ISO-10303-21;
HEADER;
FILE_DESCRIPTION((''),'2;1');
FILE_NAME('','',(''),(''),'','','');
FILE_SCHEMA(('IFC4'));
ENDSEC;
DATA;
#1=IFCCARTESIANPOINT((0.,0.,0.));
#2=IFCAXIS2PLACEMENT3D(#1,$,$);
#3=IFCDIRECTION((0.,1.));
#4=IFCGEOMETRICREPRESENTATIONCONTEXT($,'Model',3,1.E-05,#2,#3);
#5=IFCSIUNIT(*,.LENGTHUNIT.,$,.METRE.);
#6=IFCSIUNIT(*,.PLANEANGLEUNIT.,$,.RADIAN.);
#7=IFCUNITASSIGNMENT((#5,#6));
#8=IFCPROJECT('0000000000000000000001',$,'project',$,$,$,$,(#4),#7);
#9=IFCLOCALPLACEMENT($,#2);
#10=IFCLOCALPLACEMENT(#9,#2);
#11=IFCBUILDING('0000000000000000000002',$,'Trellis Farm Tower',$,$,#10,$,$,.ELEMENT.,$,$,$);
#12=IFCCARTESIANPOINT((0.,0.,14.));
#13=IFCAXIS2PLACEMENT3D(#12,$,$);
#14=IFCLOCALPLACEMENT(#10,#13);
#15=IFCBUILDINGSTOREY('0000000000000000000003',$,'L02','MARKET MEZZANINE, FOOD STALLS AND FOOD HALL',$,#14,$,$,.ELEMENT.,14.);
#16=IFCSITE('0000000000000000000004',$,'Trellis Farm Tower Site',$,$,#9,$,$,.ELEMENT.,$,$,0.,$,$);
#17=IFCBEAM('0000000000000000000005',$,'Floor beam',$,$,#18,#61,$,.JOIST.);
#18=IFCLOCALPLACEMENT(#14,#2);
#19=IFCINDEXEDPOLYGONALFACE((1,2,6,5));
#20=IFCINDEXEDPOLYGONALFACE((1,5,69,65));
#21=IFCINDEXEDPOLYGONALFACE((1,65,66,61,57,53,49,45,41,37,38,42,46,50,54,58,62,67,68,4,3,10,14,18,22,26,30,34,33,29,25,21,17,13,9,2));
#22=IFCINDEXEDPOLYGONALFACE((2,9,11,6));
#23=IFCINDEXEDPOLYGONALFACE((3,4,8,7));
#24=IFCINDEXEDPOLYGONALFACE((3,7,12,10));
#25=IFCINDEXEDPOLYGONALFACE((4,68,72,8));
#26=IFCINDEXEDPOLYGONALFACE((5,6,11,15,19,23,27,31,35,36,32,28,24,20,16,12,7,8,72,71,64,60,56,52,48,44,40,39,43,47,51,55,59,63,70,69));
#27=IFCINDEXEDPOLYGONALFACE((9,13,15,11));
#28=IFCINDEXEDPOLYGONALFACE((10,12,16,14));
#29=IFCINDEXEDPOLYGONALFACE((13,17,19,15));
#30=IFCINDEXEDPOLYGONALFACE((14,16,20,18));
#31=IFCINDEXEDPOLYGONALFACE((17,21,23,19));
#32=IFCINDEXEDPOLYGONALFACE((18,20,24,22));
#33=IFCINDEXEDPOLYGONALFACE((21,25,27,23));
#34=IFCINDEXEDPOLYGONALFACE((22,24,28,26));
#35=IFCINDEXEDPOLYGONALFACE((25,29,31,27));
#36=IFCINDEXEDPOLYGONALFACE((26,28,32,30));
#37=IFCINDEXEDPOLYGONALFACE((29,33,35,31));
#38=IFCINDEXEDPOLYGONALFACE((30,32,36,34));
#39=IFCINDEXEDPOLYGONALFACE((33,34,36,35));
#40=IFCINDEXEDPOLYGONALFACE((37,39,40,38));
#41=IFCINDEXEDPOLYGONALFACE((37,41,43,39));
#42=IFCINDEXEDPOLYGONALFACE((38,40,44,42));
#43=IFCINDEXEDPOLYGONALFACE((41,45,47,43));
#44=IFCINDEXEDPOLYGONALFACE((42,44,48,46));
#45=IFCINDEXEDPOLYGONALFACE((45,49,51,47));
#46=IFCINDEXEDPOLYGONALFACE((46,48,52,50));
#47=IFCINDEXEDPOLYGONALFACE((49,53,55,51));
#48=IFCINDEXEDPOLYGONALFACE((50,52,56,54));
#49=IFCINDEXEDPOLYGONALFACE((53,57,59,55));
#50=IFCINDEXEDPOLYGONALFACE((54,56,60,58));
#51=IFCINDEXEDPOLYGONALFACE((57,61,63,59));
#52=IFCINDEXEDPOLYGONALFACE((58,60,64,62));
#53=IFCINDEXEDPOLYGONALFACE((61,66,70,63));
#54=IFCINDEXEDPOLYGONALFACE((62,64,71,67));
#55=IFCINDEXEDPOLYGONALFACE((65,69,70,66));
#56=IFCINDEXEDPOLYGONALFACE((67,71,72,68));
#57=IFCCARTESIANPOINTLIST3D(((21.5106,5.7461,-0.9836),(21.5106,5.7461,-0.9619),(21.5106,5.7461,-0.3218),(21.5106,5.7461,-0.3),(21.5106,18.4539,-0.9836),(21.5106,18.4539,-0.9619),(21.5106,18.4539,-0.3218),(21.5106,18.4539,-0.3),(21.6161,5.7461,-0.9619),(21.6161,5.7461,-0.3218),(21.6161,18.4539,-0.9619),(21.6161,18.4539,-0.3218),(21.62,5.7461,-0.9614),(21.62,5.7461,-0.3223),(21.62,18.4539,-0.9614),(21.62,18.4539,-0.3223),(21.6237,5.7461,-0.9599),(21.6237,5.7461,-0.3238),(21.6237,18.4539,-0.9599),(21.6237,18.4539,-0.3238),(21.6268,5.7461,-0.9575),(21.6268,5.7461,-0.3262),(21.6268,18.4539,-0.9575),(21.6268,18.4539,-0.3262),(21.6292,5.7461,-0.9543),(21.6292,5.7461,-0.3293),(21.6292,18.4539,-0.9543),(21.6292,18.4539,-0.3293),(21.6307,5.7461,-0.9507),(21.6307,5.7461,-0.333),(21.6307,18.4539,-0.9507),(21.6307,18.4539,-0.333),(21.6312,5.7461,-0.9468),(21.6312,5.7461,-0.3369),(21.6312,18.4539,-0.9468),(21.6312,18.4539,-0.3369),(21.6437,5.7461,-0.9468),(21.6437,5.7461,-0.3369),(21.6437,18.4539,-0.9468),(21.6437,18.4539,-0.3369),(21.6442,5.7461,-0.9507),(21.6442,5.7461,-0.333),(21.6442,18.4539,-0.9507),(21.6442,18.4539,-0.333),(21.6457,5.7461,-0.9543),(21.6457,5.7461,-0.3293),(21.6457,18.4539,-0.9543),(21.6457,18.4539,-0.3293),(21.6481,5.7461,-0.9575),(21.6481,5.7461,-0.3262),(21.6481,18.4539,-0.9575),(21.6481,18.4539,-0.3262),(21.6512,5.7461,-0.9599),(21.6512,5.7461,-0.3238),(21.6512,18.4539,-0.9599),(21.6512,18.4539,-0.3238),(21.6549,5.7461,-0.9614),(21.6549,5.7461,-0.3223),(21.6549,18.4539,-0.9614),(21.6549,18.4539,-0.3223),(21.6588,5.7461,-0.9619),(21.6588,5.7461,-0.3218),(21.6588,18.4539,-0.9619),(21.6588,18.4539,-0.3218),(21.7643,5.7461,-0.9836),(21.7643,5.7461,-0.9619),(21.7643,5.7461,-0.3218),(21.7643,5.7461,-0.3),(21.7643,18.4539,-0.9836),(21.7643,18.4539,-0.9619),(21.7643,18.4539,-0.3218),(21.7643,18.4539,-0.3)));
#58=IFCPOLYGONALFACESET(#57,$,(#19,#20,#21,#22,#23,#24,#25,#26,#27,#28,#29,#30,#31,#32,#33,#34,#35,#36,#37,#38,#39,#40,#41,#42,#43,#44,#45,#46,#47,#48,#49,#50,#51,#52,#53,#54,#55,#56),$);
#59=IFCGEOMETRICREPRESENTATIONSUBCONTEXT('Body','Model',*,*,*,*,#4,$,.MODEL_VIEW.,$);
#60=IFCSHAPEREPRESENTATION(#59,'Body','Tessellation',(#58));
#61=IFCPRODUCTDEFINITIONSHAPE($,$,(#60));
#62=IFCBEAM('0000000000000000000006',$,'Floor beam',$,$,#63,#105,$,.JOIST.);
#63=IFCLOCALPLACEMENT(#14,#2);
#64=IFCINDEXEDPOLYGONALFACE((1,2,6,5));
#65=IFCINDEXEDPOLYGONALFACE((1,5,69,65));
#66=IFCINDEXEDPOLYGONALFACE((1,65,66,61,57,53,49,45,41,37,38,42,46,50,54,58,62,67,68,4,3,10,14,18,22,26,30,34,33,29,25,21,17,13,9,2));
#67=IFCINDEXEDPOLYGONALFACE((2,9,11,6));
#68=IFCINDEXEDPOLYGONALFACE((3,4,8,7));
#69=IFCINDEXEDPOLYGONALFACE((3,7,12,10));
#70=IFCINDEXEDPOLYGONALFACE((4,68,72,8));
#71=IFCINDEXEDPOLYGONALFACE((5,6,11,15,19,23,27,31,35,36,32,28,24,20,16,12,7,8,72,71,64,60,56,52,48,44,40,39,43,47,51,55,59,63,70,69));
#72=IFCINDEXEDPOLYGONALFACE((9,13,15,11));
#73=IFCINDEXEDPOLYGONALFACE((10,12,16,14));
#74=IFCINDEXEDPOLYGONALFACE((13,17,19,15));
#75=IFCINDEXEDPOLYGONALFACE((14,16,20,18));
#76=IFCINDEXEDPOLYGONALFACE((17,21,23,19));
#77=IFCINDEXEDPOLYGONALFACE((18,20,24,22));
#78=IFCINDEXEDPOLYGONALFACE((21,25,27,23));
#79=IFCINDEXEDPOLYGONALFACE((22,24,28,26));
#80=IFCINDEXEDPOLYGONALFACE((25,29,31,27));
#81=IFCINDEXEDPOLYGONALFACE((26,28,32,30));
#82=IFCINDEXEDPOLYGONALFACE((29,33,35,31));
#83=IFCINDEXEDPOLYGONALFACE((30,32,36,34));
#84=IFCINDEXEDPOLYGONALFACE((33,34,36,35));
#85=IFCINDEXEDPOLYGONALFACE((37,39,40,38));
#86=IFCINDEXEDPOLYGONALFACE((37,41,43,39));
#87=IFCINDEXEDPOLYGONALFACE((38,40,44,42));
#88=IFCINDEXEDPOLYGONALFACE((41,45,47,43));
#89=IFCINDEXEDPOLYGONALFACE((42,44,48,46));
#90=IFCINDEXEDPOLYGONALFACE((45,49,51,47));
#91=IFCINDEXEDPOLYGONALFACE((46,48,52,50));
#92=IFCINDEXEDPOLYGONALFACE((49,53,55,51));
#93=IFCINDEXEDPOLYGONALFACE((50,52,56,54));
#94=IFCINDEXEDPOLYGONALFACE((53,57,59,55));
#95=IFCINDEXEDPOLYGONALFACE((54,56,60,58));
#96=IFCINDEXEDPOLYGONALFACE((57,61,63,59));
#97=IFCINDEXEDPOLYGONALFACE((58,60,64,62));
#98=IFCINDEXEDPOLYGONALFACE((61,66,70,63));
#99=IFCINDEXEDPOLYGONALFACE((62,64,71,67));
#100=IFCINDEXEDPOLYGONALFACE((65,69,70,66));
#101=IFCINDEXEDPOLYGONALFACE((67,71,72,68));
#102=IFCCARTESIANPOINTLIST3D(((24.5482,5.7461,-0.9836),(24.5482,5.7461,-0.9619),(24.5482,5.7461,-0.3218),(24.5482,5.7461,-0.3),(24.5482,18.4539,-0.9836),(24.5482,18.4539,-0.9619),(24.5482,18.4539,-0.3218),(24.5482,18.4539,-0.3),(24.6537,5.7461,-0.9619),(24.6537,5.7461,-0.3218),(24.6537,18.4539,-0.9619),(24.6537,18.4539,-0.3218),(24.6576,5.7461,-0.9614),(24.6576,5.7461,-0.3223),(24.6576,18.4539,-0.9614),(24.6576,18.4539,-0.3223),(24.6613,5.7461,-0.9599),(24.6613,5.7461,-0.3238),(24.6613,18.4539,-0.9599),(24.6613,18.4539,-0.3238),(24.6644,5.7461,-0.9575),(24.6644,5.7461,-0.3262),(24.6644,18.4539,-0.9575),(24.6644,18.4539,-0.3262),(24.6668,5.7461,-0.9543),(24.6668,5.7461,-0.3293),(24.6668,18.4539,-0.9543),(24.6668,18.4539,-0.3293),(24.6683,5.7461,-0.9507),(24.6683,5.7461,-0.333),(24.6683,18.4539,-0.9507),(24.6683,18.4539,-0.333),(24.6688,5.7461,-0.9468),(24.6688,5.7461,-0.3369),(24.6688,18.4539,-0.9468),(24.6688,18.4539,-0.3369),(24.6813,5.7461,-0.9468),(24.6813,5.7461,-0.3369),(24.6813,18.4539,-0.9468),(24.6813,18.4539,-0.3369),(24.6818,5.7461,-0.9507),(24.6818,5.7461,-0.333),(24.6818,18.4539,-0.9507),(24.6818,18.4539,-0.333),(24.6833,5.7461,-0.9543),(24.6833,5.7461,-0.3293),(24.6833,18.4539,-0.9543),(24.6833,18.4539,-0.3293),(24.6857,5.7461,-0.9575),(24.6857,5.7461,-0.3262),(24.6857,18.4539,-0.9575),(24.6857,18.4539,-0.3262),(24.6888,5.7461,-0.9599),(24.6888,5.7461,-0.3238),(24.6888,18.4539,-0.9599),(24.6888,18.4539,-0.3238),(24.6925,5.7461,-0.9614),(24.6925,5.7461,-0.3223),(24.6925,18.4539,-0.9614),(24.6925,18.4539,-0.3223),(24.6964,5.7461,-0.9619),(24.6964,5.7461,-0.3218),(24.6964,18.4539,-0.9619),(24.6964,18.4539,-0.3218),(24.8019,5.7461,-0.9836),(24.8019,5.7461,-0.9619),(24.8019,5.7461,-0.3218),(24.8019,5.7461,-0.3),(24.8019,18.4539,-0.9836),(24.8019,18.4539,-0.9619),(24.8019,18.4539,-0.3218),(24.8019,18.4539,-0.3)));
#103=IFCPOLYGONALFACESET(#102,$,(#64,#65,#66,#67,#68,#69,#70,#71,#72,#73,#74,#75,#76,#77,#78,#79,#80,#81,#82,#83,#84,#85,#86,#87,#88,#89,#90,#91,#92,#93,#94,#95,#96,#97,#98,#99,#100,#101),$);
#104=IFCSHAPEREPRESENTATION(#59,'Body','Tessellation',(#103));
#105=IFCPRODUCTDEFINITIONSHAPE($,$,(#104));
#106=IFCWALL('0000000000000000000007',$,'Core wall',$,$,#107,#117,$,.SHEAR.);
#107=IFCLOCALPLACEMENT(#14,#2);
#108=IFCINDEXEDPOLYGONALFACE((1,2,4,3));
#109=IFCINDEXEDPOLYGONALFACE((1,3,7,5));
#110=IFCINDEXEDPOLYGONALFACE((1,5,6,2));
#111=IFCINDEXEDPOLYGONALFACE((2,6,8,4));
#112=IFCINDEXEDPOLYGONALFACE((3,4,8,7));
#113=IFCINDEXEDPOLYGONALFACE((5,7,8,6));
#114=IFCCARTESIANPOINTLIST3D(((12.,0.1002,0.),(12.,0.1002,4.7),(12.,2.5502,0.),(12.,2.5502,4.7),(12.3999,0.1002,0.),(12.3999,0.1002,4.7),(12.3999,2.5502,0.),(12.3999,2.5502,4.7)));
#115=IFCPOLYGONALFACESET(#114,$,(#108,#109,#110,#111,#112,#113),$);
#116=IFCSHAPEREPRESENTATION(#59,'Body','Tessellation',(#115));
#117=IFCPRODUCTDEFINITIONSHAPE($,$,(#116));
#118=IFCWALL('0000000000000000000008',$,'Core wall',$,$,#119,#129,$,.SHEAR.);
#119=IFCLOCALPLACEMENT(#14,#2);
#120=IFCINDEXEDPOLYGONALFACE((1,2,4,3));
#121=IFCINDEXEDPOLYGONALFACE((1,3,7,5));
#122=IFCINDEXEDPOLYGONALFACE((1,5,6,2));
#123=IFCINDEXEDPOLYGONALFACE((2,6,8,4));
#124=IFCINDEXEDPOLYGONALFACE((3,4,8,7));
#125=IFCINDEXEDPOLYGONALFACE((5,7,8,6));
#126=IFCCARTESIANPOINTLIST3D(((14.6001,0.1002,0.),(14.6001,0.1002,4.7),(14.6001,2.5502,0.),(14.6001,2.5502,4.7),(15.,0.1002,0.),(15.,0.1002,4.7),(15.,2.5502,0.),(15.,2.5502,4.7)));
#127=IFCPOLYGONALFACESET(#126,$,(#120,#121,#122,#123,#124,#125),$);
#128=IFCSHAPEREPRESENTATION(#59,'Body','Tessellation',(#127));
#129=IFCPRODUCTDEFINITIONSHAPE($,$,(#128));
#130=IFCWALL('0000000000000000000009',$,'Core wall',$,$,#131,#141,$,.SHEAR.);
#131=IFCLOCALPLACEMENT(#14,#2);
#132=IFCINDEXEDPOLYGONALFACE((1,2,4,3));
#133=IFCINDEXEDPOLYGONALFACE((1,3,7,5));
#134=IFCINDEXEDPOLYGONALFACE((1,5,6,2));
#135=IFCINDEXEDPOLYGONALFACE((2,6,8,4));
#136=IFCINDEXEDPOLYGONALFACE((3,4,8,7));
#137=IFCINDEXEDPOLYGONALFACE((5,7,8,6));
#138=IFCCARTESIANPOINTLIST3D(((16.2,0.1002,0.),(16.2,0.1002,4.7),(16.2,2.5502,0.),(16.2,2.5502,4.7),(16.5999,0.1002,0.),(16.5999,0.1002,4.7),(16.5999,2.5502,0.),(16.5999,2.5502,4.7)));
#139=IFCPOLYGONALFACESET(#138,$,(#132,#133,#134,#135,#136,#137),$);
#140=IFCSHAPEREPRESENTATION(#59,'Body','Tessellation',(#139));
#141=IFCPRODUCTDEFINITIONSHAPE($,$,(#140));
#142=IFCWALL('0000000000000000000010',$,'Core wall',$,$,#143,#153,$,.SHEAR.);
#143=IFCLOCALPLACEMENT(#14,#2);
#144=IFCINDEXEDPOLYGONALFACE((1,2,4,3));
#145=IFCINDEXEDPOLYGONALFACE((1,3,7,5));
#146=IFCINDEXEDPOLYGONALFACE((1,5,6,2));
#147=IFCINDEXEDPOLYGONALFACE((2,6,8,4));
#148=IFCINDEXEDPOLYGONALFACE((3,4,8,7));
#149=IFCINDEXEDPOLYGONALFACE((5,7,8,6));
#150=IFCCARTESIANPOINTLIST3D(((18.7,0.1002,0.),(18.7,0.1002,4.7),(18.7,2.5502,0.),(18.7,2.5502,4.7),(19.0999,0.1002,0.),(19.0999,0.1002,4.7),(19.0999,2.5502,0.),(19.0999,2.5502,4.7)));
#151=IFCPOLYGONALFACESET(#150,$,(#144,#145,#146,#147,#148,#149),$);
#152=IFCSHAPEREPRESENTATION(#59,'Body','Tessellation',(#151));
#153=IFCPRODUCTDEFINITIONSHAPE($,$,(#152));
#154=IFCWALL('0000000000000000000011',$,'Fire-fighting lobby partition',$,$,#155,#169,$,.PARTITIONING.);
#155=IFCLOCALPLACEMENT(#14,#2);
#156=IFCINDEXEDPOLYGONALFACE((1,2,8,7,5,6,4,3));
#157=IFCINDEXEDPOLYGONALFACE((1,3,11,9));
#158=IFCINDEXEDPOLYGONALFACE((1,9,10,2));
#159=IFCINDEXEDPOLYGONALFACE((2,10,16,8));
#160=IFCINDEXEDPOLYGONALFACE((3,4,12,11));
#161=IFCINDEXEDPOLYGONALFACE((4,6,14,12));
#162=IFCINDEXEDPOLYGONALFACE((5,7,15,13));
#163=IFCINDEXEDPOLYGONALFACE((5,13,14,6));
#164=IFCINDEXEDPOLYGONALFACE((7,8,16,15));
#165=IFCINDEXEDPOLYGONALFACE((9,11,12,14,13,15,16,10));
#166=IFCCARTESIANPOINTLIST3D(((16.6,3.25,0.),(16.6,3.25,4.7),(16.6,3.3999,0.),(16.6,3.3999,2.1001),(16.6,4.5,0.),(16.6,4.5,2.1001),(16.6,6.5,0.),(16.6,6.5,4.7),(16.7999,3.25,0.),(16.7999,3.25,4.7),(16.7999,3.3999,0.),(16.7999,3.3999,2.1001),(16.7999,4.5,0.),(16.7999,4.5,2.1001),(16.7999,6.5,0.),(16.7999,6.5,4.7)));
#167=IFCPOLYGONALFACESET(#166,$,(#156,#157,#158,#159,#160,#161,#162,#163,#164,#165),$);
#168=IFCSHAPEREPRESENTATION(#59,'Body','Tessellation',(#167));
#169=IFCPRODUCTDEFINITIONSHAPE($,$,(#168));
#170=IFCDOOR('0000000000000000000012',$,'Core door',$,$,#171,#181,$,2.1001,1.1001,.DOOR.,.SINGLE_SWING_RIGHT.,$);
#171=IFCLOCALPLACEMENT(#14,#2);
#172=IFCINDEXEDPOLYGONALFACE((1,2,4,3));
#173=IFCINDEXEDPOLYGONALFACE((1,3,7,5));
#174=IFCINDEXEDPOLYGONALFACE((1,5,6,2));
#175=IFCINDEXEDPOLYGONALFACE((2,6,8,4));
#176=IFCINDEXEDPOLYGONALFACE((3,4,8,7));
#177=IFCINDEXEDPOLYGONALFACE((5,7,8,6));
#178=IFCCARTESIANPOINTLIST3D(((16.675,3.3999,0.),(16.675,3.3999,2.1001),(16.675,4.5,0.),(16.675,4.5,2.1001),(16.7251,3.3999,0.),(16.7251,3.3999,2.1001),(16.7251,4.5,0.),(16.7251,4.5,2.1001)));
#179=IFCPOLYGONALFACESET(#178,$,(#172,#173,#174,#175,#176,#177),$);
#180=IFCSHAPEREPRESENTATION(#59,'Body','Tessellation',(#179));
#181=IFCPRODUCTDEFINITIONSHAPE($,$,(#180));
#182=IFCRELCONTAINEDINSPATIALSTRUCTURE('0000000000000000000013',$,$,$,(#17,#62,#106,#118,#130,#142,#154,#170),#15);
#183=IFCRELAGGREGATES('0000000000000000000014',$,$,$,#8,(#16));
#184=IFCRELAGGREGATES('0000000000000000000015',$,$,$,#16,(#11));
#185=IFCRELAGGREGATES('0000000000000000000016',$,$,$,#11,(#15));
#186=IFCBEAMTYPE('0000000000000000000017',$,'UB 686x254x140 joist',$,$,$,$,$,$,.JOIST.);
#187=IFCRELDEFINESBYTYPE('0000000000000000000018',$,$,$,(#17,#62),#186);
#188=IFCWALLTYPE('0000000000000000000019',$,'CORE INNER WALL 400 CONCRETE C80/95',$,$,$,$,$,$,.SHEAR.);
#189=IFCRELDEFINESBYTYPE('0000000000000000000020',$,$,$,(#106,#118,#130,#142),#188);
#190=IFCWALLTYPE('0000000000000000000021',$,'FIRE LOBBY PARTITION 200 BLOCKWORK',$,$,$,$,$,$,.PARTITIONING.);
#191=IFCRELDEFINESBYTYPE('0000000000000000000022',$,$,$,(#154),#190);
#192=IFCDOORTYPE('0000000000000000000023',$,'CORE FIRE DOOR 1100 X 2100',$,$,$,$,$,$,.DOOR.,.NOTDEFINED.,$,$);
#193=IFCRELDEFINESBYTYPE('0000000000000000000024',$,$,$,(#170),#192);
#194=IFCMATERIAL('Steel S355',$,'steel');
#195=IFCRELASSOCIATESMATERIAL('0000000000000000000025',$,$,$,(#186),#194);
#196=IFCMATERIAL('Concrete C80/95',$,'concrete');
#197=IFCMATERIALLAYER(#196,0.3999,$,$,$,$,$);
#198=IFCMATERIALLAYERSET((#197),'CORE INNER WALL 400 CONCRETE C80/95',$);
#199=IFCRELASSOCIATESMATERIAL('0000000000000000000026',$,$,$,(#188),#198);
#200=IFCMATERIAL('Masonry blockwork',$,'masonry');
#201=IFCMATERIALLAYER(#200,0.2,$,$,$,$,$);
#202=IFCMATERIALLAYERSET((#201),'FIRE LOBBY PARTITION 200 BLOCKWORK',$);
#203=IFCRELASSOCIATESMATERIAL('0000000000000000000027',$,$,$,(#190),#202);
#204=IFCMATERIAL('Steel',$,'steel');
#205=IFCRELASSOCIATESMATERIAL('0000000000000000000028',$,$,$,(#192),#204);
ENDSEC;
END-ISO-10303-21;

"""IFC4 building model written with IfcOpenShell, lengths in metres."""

from ifc_helpers import new_model, si_unit, direction, frame, frame_2d, origin, origin_2d, place, context, subcontext, project, spatial, rectangle, i_section, extrude, source, transform, mapped, material, layer, layer_set, material_profile, profile_set, type_object, element, fill, save


model = new_model("IFC4")

# Units and contexts
model_context = context("Model", 3, precision=1e-05, world=origin(), true_north=direction((0.0, 1.0)))
body_context = subcontext(model_context, "Body", "Model", "MODEL_VIEW")
ifc_project = project(units=[si_unit("LENGTHUNIT", "METRE"), si_unit("PLANEANGLEUNIT", "RADIAN")], contexts=[model_context])

# Site, building, storey
site_placement = place(None, origin())
site = spatial("IfcSite", under=ifc_project, at=site_placement, Name="Trellis Farm Tower Site", CompositionType="ELEMENT", RefElevation=0.0)
building_placement = place(site_placement, origin())
building = spatial("IfcBuilding", under=site, at=building_placement, Name="Trellis Farm Tower", CompositionType="ELEMENT")
storey_placement = place(building_placement, frame((0.0, 0.0, 14.0)))
storey = spatial("IfcBuildingStorey", under=building, at=storey_placement, Name="L02", Description="MARKET MEZZANINE, FOOD STALLS AND FOOD HALL", CompositionType="ELEMENT", Elevation=14.0)

# Shared definitions
ifc_material_1 = material(Name="Concrete C80/95", Category="concrete")

# Beams
ifc_material_2 = material(Name="Steel S355", Category="steel")
ifc_material_profile_1 = material_profile(ifc_material_2, i_section(OverallWidth=0.2537, OverallDepth=0.6836, WebThickness=0.0125, FlangeThickness=0.0217, FilletRadius=0.0151, at=origin_2d()), Name="UB 686x254x140")
ifc_profile_set_1 = profile_set([ifc_material_profile_1], Name="Steel S355")
beam_type_1 = type_object("IfcBeamType", Name="UB 686x254x140 joist", PredefinedType="JOIST", material=ifc_profile_set_1)
shared_shape_1 = source(origin(), body_context, "Body", "SweptSolid", [
    extrude(i_section(OverallWidth=0.2537, OverallDepth=0.6836, WebThickness=0.0125, FlangeThickness=0.0217, FilletRadius=0.0151, at=origin_2d()), origin(), (0.0, 0.0, 1.0), 12.7078),
])
for number, where, z_axis, x_axis, name in (
    (1, (21.6375, 5.7461, -0.6418), (0.0, 1.0, 0.0), (-1.0, 0.0, 0.0), "Floor beam"),
    (2, (24.675, 5.7461, -0.6418), (0.0, 1.0, 0.0), (-1.0, 0.0, 0.0), "Floor beam"),
):
    element("IfcBeam", number, at=place(storey_placement, frame(where, z_axis=z_axis, x_axis=x_axis)), inside=storey, type_object=beam_type_1, Name=name, PredefinedType="JOIST", context=body_context, shape_type="MappedRepresentation", body=[
        mapped(shared_shape_1, transform((0.0, 0.0, 0.0))),
    ])

# Walls
ifc_layer_1 = layer(ifc_material_1, 0.3999)
ifc_layer_set_1 = layer_set([ifc_layer_1], Name="CORE INNER WALL 400 CONCRETE C80/95")
wall_type_1 = type_object("IfcWallType", Name="CORE INNER WALL 400 CONCRETE C80/95", PredefinedType="SHEAR", material=ifc_layer_set_1)
shared_shape_2 = source(origin(), body_context, "Body", "SweptSolid", [
    extrude(rectangle(XDim=2.45, YDim=0.3999, at=frame_2d((1.2251, 0.0))), origin(), (0.0, 0.0, 1.0), 4.7),
])
for number, where, z_axis, x_axis, name in (
    (3, (12.2, 0.1001, 0.0), (0.0, 0.0, 1.0), (0.0, 1.0, 0.0), "Core wall"),
    (4, (14.8, 0.1001, 0.0), (0.0, 0.0, 1.0), (0.0, 1.0, 0.0), "Core wall"),
    (5, (16.3999, 0.1001, 0.0), (0.0, 0.0, 1.0), (0.0, 1.0, 0.0), "Core wall"),
    (6, (18.8999, 0.1001, 0.0), (0.0, 0.0, 1.0), (0.0, 1.0, 0.0), "Core wall"),
):
    element("IfcWall", number, at=place(storey_placement, frame(where, z_axis=z_axis, x_axis=x_axis)), inside=storey, type_object=wall_type_1, Name=name, PredefinedType="SHEAR", context=body_context, shape_type="MappedRepresentation", body=[
        mapped(shared_shape_2, transform((0.0, 0.0, 0.0))),
    ])

# Wall, opening, door
ifc_material_3 = material(Name="Masonry blockwork", Category="masonry")
ifc_layer_2 = layer(ifc_material_3, 0.2)
ifc_layer_set_2 = layer_set([ifc_layer_2], Name="FIRE LOBBY PARTITION 200 BLOCKWORK")
wall_type_2 = type_object("IfcWallType", Name="FIRE LOBBY PARTITION 200 BLOCKWORK", PredefinedType="PARTITIONING", material=ifc_layer_set_2)
shared_shape_3 = source(origin(), body_context, "Body", "SweptSolid", [
    extrude(rectangle(XDim=3.25, YDim=0.2, at=frame_2d((1.625, 0.0))), origin(), (0.0, 0.0, 1.0), 4.7),
])
wall_1_placement = place(storey_placement, frame((16.7, 3.25, 0.0), z_axis=(0.0, 0.0, 1.0), x_axis=(0.0, 1.0, 0.0)))
wall_1 = element("IfcWall", 7, at=wall_1_placement, inside=storey, type_object=wall_type_2, Name="Fire-fighting lobby partition", PredefinedType="PARTITIONING", context=body_context, shape_type="MappedRepresentation", body=[
    mapped(shared_shape_3, transform((0.0, 0.0, 0.0))),
])
shared_shape_4 = source(origin(), body_context, "Body", "SweptSolid", [
    extrude(rectangle(XDim=1.1001, YDim=2.1001, at=frame_2d((0.55, 1.05))), frame((0.0, 0.1101, 0.0), z_axis=(0.0, -1.0, 0.0), x_axis=(1.0, 0.0, 0.0)), (0.0, 0.0, 1.0), 0.2202),
])
opening_1_placement = place(wall_1_placement, frame((0.1499, 0.0, 0.0)))
opening_1 = element("IfcOpeningElement", 8, at=opening_1_placement, cuts=wall_1, PredefinedType="OPENING", context=body_context, shape_type="MappedRepresentation", body=[
    mapped(shared_shape_4, transform((0.0, 0.0, 0.0))),
])
ifc_material_4 = material(Name="Steel", Category="steel")
door_type_1 = type_object("IfcDoorType", Name="CORE FIRE DOOR 1100 X 2100", OperationType="NOTDEFINED", PredefinedType="DOOR", material=ifc_material_4)
shared_shape_5 = source(origin(), body_context, "Body", "SweptSolid", [
    extrude(rectangle(XDim=1.1001, YDim=2.1001, at=frame_2d((0.55, 1.05))), frame((0.0, 0.0249, 0.0), z_axis=(0.0, -1.0, 0.0), x_axis=(1.0, 0.0, 0.0)), (0.0, 0.0, 1.0), 0.05),
])
door_1_placement = place(opening_1_placement, origin())
door_1 = element("IfcDoor", 9, at=door_1_placement, inside=storey, type_object=door_type_1, Name="Core door", OperationType="SINGLE_SWING_RIGHT", OverallHeight=2.1001, OverallWidth=1.1001, PredefinedType="DOOR", context=body_context, shape_type="MappedRepresentation", body=[
    mapped(shared_shape_5, transform((0.0, 0.0, 0.0))),
])
fill(opening_1, door_1)

save(model, "model.ifc")
